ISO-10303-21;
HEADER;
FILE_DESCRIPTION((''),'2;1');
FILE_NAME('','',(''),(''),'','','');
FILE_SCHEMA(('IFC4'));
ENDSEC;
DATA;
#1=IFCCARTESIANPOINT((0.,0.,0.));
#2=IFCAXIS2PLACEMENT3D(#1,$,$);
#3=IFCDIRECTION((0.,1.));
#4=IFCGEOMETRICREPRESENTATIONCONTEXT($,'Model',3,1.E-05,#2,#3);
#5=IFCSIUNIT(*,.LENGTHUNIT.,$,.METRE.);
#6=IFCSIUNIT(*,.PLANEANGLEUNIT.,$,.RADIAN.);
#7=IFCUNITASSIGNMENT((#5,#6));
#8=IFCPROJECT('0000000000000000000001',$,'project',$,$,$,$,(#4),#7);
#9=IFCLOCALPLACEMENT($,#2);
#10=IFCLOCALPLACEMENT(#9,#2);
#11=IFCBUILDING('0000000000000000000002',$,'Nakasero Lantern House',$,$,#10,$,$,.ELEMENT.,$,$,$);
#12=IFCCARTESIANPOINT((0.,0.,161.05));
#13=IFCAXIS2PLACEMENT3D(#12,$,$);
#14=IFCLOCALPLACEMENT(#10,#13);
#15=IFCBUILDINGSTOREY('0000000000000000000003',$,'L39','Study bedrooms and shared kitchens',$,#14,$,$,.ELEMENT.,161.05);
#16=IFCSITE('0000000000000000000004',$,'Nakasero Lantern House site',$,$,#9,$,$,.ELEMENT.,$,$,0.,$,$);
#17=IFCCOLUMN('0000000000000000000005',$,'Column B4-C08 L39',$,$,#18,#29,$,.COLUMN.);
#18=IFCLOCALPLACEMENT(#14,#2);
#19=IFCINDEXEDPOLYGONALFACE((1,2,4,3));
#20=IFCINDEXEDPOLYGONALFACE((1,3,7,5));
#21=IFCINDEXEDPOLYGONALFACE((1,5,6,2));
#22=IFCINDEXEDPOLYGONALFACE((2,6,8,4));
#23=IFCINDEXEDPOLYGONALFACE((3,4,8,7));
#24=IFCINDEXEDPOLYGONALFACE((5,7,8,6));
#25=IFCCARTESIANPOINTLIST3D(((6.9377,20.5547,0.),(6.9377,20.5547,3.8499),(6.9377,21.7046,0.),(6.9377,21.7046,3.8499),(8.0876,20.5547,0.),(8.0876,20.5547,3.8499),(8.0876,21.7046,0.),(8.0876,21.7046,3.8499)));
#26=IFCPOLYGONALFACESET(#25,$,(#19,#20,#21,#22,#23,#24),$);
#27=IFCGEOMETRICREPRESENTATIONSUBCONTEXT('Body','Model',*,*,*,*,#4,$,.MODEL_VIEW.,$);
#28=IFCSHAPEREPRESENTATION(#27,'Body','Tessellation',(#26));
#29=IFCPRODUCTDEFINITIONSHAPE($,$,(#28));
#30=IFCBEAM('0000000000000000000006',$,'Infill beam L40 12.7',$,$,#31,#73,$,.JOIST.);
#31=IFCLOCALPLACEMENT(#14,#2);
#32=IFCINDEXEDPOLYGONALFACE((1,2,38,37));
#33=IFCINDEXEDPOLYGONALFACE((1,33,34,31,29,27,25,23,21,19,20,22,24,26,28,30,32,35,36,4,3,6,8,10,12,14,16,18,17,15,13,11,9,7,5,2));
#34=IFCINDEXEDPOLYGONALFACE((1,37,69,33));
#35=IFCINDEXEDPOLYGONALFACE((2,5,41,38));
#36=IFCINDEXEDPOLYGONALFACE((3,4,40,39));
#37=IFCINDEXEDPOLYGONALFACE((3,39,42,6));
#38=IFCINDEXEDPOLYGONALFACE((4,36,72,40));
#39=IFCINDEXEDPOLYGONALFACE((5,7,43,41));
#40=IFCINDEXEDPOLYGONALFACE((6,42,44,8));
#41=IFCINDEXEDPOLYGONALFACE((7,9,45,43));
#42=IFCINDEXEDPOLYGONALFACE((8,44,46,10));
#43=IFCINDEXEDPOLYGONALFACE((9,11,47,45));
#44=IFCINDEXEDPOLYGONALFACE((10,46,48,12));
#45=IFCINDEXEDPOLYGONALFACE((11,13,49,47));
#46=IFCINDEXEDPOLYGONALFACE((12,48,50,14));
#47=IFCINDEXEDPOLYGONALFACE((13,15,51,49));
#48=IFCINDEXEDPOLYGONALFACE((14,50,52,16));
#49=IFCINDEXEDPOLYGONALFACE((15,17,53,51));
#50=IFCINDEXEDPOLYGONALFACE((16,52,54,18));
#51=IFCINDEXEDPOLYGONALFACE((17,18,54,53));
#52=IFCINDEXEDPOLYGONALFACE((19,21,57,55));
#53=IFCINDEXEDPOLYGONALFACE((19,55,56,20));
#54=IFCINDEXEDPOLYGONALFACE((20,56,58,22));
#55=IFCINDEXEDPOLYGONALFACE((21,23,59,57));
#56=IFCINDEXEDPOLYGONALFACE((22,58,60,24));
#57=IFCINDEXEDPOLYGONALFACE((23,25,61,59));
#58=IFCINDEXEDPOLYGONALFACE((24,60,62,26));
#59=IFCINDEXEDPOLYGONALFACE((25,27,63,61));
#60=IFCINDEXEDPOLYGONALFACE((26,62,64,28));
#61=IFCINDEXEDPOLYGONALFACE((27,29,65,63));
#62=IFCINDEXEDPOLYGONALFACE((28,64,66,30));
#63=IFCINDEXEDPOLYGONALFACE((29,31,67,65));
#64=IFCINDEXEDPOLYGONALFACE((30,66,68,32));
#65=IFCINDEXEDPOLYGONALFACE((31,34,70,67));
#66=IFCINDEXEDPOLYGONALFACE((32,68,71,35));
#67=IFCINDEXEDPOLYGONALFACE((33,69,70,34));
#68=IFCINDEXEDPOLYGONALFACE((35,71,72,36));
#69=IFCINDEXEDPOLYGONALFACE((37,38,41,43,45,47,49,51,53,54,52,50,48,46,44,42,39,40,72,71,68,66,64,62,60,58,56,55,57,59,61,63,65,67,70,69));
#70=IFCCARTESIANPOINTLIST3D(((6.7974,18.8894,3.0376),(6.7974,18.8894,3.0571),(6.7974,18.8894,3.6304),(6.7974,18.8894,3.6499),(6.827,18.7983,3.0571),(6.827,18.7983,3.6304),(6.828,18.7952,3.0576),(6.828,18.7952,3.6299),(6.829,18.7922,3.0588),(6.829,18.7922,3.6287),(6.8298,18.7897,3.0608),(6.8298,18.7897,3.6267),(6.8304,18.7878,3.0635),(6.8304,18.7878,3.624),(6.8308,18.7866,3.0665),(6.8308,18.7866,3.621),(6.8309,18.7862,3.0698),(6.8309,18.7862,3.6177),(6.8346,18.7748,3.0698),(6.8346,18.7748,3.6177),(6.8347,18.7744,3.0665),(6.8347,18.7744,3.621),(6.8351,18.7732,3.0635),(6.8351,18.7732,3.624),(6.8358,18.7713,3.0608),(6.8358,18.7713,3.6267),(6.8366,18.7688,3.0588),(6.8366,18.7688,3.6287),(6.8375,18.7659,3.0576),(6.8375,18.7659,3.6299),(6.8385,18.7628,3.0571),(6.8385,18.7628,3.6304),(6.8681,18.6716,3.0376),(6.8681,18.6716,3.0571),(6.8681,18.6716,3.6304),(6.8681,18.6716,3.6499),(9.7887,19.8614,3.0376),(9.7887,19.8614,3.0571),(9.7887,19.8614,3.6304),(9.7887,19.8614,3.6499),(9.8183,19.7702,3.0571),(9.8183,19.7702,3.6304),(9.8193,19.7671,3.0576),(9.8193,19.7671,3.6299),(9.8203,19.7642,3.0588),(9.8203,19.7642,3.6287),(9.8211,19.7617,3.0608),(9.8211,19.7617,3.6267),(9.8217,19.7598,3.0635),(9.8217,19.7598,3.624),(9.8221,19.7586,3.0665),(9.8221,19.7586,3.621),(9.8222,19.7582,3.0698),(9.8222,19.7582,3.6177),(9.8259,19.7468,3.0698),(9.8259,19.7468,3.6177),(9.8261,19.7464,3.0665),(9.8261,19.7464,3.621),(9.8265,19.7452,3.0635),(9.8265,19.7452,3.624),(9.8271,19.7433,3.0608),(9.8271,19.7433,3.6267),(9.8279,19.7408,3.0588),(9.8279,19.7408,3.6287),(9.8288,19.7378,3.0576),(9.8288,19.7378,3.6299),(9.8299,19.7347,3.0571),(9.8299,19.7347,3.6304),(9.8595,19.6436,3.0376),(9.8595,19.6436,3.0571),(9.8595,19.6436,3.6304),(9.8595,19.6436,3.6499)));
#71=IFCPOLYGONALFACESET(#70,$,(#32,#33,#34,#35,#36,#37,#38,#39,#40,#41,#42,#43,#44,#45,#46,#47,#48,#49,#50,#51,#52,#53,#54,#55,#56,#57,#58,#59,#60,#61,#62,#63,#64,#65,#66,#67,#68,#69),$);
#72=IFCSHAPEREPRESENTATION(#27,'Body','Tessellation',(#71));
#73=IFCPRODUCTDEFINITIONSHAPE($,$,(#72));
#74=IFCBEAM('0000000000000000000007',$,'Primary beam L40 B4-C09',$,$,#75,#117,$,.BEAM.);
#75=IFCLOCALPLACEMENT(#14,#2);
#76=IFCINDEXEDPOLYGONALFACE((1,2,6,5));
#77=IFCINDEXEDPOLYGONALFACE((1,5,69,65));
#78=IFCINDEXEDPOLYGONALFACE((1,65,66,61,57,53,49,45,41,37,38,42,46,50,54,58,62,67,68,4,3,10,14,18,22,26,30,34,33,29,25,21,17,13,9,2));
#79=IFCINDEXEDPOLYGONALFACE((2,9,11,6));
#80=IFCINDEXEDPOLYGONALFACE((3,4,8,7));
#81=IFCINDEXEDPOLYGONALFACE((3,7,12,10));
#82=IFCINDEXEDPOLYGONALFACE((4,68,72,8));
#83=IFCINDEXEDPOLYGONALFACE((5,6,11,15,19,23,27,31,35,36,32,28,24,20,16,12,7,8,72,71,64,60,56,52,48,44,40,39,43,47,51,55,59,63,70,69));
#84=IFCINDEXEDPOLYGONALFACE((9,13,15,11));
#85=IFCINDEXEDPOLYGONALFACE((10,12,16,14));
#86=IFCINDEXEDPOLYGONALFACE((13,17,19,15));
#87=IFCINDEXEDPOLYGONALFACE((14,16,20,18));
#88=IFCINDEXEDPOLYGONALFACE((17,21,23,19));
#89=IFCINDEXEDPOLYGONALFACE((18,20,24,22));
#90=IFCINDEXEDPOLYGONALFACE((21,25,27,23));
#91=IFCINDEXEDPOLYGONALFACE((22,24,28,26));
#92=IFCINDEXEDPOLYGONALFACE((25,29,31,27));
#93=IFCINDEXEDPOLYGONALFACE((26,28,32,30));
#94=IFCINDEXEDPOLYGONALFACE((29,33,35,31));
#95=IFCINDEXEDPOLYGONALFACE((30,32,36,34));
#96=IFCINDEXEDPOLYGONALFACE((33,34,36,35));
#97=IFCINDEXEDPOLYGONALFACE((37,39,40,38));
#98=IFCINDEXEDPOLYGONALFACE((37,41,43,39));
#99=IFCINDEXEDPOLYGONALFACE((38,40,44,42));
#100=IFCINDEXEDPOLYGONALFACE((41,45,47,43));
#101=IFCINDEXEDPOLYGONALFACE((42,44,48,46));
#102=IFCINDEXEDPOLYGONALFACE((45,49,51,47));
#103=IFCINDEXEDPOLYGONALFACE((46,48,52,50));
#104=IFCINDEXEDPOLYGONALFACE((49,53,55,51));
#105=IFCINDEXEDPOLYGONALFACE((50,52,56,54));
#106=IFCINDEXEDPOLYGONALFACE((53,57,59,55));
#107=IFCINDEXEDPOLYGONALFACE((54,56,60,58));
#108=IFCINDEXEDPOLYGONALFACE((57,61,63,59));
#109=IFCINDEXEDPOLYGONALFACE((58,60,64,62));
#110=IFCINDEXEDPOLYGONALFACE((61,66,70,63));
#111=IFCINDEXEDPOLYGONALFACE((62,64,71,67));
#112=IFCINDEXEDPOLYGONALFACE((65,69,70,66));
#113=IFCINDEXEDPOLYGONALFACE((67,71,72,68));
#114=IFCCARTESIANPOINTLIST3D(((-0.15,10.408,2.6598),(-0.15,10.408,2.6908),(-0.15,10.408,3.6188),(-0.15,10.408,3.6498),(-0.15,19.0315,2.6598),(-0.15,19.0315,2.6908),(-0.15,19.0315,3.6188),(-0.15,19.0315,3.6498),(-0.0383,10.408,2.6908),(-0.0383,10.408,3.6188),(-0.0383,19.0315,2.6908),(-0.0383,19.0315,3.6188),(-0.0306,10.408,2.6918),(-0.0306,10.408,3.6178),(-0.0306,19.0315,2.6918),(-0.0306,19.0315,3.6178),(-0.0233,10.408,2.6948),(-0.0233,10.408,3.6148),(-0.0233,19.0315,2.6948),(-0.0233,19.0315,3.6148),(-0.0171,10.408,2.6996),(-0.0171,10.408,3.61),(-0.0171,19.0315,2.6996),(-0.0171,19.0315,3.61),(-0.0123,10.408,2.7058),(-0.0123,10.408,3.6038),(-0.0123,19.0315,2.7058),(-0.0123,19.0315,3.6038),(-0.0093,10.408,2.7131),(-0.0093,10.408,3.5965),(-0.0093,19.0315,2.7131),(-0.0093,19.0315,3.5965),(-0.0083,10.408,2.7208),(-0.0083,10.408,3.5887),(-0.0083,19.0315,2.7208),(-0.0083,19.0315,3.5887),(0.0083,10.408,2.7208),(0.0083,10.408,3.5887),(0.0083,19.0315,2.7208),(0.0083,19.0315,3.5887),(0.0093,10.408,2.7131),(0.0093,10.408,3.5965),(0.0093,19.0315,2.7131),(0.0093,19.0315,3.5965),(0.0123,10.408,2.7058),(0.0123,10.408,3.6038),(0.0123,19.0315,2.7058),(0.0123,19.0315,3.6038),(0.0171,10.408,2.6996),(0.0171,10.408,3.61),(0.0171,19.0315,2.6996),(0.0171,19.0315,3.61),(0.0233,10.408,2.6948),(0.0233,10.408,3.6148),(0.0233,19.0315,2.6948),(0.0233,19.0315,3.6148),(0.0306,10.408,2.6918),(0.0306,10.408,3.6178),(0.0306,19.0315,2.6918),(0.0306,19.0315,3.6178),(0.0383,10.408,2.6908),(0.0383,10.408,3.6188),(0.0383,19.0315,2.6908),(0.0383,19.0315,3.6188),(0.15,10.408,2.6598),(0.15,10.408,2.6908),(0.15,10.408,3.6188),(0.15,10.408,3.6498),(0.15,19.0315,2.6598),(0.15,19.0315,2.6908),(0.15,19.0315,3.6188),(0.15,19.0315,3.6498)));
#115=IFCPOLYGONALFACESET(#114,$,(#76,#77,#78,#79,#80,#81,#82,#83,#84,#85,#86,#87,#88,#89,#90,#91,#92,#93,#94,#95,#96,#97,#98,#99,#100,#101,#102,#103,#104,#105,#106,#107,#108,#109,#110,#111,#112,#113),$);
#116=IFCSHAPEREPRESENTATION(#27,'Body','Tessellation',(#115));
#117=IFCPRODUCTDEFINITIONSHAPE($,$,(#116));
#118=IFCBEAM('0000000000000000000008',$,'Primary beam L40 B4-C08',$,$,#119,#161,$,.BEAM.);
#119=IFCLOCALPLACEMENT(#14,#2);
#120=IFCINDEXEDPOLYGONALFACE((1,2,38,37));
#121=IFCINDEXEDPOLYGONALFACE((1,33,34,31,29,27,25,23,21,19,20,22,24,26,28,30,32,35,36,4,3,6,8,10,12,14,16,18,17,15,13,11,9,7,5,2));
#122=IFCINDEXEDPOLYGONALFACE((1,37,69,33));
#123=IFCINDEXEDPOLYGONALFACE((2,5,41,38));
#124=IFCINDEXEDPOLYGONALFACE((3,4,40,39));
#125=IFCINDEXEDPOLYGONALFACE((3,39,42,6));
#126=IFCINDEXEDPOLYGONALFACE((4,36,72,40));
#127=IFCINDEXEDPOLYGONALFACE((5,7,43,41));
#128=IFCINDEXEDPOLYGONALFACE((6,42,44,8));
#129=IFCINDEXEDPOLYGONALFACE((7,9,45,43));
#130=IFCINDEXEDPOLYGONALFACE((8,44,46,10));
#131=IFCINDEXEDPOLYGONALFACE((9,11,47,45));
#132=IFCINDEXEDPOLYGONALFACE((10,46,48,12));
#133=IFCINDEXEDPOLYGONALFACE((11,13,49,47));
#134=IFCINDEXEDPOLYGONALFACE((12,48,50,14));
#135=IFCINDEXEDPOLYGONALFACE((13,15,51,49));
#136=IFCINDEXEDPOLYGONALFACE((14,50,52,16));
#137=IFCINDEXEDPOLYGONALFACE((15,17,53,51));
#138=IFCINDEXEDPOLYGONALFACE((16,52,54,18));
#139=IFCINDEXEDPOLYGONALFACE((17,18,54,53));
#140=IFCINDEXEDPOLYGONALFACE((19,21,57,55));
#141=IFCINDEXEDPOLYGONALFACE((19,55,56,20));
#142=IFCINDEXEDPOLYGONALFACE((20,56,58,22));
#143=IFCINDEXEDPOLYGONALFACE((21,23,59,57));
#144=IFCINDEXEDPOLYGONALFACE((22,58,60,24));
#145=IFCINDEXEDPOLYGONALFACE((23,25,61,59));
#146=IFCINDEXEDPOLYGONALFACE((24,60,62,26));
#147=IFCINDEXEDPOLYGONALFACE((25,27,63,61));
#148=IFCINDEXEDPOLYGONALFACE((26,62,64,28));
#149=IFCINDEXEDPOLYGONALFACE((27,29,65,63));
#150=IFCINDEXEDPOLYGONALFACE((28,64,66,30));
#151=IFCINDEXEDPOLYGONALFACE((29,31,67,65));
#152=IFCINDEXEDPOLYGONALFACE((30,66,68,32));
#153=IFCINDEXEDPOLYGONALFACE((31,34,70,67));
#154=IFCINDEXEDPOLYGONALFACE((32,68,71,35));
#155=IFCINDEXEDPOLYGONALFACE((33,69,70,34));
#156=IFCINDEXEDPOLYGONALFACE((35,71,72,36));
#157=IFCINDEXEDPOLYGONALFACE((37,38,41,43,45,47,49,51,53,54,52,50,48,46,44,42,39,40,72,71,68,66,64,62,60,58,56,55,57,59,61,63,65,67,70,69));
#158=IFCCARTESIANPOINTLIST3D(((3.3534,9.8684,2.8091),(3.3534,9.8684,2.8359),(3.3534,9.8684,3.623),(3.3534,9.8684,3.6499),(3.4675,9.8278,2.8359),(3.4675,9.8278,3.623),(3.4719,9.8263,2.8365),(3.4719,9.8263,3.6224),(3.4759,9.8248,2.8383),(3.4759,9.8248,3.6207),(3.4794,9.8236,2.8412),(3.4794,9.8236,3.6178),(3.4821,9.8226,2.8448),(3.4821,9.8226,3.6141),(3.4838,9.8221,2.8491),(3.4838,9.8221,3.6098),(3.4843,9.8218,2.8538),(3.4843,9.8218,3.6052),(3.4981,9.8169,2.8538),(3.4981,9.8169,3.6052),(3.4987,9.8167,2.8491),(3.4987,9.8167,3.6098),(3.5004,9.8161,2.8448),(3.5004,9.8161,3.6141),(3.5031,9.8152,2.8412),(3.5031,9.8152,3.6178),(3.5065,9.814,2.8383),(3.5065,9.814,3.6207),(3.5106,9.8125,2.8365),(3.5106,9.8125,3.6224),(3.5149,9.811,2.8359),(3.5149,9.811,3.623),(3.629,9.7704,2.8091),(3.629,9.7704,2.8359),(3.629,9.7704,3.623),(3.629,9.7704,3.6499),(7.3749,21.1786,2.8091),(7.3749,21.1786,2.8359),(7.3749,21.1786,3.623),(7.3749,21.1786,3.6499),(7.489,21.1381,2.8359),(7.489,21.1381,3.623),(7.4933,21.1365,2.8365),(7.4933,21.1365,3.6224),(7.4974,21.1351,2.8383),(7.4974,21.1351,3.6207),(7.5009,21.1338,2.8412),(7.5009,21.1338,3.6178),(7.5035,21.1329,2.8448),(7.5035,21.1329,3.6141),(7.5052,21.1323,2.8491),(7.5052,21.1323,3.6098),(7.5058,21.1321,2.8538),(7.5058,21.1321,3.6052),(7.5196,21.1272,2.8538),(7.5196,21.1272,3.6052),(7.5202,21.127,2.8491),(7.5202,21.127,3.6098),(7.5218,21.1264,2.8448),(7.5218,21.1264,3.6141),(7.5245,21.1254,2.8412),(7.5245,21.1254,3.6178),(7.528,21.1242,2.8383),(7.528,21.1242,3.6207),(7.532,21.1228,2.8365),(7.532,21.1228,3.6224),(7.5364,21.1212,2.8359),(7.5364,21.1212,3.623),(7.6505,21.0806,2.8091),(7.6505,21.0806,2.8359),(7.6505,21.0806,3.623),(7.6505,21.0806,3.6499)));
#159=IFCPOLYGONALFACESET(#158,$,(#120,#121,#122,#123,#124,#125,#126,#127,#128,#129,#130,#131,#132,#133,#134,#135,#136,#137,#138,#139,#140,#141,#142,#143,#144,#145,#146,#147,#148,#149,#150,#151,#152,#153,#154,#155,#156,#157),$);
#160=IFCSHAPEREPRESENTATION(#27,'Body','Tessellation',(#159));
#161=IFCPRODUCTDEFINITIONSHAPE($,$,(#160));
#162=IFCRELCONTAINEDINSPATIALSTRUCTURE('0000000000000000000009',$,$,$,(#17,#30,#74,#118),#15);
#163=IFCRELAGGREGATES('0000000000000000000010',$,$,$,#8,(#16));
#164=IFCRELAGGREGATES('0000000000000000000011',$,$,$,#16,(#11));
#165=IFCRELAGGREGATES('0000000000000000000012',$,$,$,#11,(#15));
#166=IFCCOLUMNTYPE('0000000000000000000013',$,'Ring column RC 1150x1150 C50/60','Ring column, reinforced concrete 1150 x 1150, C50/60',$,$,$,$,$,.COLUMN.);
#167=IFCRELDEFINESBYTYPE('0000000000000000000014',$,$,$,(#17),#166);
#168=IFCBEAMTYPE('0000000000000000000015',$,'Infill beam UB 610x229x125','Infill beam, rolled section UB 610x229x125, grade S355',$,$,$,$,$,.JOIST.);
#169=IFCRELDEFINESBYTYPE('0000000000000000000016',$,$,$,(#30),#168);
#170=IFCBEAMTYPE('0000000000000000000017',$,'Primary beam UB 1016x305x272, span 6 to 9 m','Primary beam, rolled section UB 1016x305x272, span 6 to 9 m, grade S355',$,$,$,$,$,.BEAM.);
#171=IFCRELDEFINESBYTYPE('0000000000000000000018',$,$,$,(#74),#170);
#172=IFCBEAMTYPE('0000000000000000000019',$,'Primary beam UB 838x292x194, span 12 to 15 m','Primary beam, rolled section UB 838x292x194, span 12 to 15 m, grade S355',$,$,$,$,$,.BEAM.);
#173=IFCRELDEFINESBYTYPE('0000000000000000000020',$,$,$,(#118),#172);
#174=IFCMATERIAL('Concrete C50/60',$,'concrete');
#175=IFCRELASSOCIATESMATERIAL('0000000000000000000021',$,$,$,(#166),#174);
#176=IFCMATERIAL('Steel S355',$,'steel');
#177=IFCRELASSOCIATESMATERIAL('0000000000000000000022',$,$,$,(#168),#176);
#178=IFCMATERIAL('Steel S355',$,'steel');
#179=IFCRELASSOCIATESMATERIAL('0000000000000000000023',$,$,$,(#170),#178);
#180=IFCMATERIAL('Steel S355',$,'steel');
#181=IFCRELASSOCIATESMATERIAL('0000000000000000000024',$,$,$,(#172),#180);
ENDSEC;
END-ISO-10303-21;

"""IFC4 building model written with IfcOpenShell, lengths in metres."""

from ifc_helpers import new_model, si_unit, direction, frame, origin, origin_2d, place, context, subcontext, project, spatial, rectangle, i_section, extrude, material, material_profile, profile_set, type_object, element, save


model = new_model("IFC4")

# Units and contexts
model_context = context("Model", 3, precision=1e-05, world=origin(), true_north=direction((0.0, 1.0)))
body_context = subcontext(model_context, "Body", "Model", "MODEL_VIEW")
ifc_project = project(units=[si_unit("LENGTHUNIT", "METRE"), si_unit("PLANEANGLEUNIT", "RADIAN")], contexts=[model_context])

# Site, building, storey
site_placement = place(None, origin())
site = spatial("IfcSite", under=ifc_project, at=site_placement, Name="Nakasero Lantern House site", CompositionType="ELEMENT", RefElevation=0.0)
building_placement = place(site_placement, origin())
building = spatial("IfcBuilding", under=site, at=building_placement, Name="Nakasero Lantern House", CompositionType="ELEMENT")
storey_placement = place(building_placement, frame((0.0, 0.0, 161.05)))
storey = spatial("IfcBuildingStorey", under=building, at=storey_placement, Name="L39", Description="Study bedrooms and shared kitchens", CompositionType="ELEMENT", Elevation=161.05)

# Column
ifc_material_1 = material(Name="Concrete C50/60", Category="concrete")
ifc_material_profile_1 = material_profile(ifc_material_1, rectangle(XDim=1.1499, YDim=1.1499, at=origin_2d()), Name="RC 1150x1150")
ifc_profile_set_1 = profile_set([ifc_material_profile_1], Name="Concrete C50/60")
column_type = type_object("IfcColumnType", Name="Ring column RC 1150x1150 C50/60", Description="Ring column, reinforced concrete 1150 x 1150, C50/60", PredefinedType="COLUMN", material=ifc_profile_set_1)
column_placement = place(storey_placement, frame((7.5127, 21.1296, 0.0), z_axis=(0.0, 0.0, 1.0), x_axis=(1.0, 0.0, 0.0)))
element("IfcColumn", 1, at=column_placement, inside=storey, type_object=column_type, Name="Column B4-C08 L39", PredefinedType="COLUMN", context=body_context, shape_type="SweptSolid", body=[
    extrude(rectangle(XDim=1.1499, YDim=1.1499, at=origin_2d()), origin(), (0.0, 0.0, 1.0), 3.8499),
])

# Beams
ifc_material_2 = material(Name="Steel S355", Category="steel")
ifc_material_profile_2 = material_profile(ifc_material_2, i_section(OverallWidth=0.229, OverallDepth=0.6123, WebThickness=0.012, FlangeThickness=0.0195, FilletRadius=0.0127, at=origin_2d()), Name="UB 610x229x125")
ifc_profile_set_2 = profile_set([ifc_material_profile_2], Name="Steel S355")
beam_type_1 = type_object("IfcBeamType", Name="Infill beam UB 610x229x125", Description="Infill beam, rolled section UB 610x229x125, grade S355", PredefinedType="JOIST", material=ifc_profile_set_2)
beam_1_placement = place(storey_placement, frame((6.8328, 18.7805, 3.3438), z_axis=(0.951055, 0.309023, 0.0), x_axis=(-0.309023, 0.951055, 0.0)))
element("IfcBeam", 2, at=beam_1_placement, inside=storey, type_object=beam_type_1, Name="Infill beam L40 12.7", PredefinedType="JOIST", context=body_context, shape_type="SweptSolid", body=[
    extrude(i_section(OverallWidth=0.229, OverallDepth=0.6123, WebThickness=0.012, FlangeThickness=0.0195, FilletRadius=0.0127, at=origin_2d()), origin(), (0.0, 0.0, 1.0), 3.1453),
])
ifc_material_3 = material(Name="Steel S355", Category="steel")
ifc_material_profile_3 = material_profile(ifc_material_3, i_section(OverallWidth=0.3, OverallDepth=0.99, WebThickness=0.0166, FlangeThickness=0.031, FilletRadius=0.03, at=origin_2d()), Name="UB 1016x305x272")
ifc_profile_set_3 = profile_set([ifc_material_profile_3], Name="Steel S355")
beam_type_2 = type_object("IfcBeamType", Name="Primary beam UB 1016x305x272, span 6 to 9 m", Description="Primary beam, rolled section UB 1016x305x272, span 6 to 9 m, grade S355", PredefinedType="BEAM", material=ifc_profile_set_3)
beam_2_placement = place(storey_placement, frame((0.0, 19.0315, 3.1548), z_axis=(0.0, -1.0, 0.0), x_axis=(1.0, 0.0, 0.0)))
element("IfcBeam", 3, at=beam_2_placement, inside=storey, type_object=beam_type_2, Name="Primary beam L40 B4-C09", PredefinedType="BEAM", context=body_context, shape_type="SweptSolid", body=[
    extrude(i_section(OverallWidth=0.3, OverallDepth=0.99, WebThickness=0.0166, FlangeThickness=0.031, FilletRadius=0.03, at=origin_2d()), origin(), (0.0, 0.0, 1.0), 8.6235),
])
ifc_material_4 = material(Name="Steel S355", Category="steel")
ifc_material_profile_4 = material_profile(ifc_material_4, i_section(OverallWidth=0.2925, OverallDepth=0.8408, WebThickness=0.0146, FlangeThickness=0.0269, FilletRadius=0.0178, at=origin_2d()), Name="UB 838x292x194")
ifc_profile_set_4 = profile_set([ifc_material_profile_4], Name="Steel S355")
beam_type_3 = type_object("IfcBeamType", Name="Primary beam UB 838x292x194, span 12 to 15 m", Description="Primary beam, rolled section UB 838x292x194, span 12 to 15 m, grade S355", PredefinedType="BEAM", material=ifc_profile_set_4)
beam_3_placement = place(storey_placement, frame((7.5127, 21.1296, 3.2295), z_axis=(-0.335013, -0.942214, 0.0), x_axis=(0.942214, -0.335013, 0.0)))
element("IfcBeam", 4, at=beam_3_placement, inside=storey, type_object=beam_type_3, Name="Primary beam L40 B4-C08", PredefinedType="BEAM", context=body_context, shape_type="SweptSolid", body=[
    extrude(i_section(OverallWidth=0.2925, OverallDepth=0.8408, WebThickness=0.0146, FlangeThickness=0.0269, FilletRadius=0.0178, at=origin_2d()), origin(), (0.0, 0.0, 1.0), 12.0039),
])

save(model, "model.ifc")
